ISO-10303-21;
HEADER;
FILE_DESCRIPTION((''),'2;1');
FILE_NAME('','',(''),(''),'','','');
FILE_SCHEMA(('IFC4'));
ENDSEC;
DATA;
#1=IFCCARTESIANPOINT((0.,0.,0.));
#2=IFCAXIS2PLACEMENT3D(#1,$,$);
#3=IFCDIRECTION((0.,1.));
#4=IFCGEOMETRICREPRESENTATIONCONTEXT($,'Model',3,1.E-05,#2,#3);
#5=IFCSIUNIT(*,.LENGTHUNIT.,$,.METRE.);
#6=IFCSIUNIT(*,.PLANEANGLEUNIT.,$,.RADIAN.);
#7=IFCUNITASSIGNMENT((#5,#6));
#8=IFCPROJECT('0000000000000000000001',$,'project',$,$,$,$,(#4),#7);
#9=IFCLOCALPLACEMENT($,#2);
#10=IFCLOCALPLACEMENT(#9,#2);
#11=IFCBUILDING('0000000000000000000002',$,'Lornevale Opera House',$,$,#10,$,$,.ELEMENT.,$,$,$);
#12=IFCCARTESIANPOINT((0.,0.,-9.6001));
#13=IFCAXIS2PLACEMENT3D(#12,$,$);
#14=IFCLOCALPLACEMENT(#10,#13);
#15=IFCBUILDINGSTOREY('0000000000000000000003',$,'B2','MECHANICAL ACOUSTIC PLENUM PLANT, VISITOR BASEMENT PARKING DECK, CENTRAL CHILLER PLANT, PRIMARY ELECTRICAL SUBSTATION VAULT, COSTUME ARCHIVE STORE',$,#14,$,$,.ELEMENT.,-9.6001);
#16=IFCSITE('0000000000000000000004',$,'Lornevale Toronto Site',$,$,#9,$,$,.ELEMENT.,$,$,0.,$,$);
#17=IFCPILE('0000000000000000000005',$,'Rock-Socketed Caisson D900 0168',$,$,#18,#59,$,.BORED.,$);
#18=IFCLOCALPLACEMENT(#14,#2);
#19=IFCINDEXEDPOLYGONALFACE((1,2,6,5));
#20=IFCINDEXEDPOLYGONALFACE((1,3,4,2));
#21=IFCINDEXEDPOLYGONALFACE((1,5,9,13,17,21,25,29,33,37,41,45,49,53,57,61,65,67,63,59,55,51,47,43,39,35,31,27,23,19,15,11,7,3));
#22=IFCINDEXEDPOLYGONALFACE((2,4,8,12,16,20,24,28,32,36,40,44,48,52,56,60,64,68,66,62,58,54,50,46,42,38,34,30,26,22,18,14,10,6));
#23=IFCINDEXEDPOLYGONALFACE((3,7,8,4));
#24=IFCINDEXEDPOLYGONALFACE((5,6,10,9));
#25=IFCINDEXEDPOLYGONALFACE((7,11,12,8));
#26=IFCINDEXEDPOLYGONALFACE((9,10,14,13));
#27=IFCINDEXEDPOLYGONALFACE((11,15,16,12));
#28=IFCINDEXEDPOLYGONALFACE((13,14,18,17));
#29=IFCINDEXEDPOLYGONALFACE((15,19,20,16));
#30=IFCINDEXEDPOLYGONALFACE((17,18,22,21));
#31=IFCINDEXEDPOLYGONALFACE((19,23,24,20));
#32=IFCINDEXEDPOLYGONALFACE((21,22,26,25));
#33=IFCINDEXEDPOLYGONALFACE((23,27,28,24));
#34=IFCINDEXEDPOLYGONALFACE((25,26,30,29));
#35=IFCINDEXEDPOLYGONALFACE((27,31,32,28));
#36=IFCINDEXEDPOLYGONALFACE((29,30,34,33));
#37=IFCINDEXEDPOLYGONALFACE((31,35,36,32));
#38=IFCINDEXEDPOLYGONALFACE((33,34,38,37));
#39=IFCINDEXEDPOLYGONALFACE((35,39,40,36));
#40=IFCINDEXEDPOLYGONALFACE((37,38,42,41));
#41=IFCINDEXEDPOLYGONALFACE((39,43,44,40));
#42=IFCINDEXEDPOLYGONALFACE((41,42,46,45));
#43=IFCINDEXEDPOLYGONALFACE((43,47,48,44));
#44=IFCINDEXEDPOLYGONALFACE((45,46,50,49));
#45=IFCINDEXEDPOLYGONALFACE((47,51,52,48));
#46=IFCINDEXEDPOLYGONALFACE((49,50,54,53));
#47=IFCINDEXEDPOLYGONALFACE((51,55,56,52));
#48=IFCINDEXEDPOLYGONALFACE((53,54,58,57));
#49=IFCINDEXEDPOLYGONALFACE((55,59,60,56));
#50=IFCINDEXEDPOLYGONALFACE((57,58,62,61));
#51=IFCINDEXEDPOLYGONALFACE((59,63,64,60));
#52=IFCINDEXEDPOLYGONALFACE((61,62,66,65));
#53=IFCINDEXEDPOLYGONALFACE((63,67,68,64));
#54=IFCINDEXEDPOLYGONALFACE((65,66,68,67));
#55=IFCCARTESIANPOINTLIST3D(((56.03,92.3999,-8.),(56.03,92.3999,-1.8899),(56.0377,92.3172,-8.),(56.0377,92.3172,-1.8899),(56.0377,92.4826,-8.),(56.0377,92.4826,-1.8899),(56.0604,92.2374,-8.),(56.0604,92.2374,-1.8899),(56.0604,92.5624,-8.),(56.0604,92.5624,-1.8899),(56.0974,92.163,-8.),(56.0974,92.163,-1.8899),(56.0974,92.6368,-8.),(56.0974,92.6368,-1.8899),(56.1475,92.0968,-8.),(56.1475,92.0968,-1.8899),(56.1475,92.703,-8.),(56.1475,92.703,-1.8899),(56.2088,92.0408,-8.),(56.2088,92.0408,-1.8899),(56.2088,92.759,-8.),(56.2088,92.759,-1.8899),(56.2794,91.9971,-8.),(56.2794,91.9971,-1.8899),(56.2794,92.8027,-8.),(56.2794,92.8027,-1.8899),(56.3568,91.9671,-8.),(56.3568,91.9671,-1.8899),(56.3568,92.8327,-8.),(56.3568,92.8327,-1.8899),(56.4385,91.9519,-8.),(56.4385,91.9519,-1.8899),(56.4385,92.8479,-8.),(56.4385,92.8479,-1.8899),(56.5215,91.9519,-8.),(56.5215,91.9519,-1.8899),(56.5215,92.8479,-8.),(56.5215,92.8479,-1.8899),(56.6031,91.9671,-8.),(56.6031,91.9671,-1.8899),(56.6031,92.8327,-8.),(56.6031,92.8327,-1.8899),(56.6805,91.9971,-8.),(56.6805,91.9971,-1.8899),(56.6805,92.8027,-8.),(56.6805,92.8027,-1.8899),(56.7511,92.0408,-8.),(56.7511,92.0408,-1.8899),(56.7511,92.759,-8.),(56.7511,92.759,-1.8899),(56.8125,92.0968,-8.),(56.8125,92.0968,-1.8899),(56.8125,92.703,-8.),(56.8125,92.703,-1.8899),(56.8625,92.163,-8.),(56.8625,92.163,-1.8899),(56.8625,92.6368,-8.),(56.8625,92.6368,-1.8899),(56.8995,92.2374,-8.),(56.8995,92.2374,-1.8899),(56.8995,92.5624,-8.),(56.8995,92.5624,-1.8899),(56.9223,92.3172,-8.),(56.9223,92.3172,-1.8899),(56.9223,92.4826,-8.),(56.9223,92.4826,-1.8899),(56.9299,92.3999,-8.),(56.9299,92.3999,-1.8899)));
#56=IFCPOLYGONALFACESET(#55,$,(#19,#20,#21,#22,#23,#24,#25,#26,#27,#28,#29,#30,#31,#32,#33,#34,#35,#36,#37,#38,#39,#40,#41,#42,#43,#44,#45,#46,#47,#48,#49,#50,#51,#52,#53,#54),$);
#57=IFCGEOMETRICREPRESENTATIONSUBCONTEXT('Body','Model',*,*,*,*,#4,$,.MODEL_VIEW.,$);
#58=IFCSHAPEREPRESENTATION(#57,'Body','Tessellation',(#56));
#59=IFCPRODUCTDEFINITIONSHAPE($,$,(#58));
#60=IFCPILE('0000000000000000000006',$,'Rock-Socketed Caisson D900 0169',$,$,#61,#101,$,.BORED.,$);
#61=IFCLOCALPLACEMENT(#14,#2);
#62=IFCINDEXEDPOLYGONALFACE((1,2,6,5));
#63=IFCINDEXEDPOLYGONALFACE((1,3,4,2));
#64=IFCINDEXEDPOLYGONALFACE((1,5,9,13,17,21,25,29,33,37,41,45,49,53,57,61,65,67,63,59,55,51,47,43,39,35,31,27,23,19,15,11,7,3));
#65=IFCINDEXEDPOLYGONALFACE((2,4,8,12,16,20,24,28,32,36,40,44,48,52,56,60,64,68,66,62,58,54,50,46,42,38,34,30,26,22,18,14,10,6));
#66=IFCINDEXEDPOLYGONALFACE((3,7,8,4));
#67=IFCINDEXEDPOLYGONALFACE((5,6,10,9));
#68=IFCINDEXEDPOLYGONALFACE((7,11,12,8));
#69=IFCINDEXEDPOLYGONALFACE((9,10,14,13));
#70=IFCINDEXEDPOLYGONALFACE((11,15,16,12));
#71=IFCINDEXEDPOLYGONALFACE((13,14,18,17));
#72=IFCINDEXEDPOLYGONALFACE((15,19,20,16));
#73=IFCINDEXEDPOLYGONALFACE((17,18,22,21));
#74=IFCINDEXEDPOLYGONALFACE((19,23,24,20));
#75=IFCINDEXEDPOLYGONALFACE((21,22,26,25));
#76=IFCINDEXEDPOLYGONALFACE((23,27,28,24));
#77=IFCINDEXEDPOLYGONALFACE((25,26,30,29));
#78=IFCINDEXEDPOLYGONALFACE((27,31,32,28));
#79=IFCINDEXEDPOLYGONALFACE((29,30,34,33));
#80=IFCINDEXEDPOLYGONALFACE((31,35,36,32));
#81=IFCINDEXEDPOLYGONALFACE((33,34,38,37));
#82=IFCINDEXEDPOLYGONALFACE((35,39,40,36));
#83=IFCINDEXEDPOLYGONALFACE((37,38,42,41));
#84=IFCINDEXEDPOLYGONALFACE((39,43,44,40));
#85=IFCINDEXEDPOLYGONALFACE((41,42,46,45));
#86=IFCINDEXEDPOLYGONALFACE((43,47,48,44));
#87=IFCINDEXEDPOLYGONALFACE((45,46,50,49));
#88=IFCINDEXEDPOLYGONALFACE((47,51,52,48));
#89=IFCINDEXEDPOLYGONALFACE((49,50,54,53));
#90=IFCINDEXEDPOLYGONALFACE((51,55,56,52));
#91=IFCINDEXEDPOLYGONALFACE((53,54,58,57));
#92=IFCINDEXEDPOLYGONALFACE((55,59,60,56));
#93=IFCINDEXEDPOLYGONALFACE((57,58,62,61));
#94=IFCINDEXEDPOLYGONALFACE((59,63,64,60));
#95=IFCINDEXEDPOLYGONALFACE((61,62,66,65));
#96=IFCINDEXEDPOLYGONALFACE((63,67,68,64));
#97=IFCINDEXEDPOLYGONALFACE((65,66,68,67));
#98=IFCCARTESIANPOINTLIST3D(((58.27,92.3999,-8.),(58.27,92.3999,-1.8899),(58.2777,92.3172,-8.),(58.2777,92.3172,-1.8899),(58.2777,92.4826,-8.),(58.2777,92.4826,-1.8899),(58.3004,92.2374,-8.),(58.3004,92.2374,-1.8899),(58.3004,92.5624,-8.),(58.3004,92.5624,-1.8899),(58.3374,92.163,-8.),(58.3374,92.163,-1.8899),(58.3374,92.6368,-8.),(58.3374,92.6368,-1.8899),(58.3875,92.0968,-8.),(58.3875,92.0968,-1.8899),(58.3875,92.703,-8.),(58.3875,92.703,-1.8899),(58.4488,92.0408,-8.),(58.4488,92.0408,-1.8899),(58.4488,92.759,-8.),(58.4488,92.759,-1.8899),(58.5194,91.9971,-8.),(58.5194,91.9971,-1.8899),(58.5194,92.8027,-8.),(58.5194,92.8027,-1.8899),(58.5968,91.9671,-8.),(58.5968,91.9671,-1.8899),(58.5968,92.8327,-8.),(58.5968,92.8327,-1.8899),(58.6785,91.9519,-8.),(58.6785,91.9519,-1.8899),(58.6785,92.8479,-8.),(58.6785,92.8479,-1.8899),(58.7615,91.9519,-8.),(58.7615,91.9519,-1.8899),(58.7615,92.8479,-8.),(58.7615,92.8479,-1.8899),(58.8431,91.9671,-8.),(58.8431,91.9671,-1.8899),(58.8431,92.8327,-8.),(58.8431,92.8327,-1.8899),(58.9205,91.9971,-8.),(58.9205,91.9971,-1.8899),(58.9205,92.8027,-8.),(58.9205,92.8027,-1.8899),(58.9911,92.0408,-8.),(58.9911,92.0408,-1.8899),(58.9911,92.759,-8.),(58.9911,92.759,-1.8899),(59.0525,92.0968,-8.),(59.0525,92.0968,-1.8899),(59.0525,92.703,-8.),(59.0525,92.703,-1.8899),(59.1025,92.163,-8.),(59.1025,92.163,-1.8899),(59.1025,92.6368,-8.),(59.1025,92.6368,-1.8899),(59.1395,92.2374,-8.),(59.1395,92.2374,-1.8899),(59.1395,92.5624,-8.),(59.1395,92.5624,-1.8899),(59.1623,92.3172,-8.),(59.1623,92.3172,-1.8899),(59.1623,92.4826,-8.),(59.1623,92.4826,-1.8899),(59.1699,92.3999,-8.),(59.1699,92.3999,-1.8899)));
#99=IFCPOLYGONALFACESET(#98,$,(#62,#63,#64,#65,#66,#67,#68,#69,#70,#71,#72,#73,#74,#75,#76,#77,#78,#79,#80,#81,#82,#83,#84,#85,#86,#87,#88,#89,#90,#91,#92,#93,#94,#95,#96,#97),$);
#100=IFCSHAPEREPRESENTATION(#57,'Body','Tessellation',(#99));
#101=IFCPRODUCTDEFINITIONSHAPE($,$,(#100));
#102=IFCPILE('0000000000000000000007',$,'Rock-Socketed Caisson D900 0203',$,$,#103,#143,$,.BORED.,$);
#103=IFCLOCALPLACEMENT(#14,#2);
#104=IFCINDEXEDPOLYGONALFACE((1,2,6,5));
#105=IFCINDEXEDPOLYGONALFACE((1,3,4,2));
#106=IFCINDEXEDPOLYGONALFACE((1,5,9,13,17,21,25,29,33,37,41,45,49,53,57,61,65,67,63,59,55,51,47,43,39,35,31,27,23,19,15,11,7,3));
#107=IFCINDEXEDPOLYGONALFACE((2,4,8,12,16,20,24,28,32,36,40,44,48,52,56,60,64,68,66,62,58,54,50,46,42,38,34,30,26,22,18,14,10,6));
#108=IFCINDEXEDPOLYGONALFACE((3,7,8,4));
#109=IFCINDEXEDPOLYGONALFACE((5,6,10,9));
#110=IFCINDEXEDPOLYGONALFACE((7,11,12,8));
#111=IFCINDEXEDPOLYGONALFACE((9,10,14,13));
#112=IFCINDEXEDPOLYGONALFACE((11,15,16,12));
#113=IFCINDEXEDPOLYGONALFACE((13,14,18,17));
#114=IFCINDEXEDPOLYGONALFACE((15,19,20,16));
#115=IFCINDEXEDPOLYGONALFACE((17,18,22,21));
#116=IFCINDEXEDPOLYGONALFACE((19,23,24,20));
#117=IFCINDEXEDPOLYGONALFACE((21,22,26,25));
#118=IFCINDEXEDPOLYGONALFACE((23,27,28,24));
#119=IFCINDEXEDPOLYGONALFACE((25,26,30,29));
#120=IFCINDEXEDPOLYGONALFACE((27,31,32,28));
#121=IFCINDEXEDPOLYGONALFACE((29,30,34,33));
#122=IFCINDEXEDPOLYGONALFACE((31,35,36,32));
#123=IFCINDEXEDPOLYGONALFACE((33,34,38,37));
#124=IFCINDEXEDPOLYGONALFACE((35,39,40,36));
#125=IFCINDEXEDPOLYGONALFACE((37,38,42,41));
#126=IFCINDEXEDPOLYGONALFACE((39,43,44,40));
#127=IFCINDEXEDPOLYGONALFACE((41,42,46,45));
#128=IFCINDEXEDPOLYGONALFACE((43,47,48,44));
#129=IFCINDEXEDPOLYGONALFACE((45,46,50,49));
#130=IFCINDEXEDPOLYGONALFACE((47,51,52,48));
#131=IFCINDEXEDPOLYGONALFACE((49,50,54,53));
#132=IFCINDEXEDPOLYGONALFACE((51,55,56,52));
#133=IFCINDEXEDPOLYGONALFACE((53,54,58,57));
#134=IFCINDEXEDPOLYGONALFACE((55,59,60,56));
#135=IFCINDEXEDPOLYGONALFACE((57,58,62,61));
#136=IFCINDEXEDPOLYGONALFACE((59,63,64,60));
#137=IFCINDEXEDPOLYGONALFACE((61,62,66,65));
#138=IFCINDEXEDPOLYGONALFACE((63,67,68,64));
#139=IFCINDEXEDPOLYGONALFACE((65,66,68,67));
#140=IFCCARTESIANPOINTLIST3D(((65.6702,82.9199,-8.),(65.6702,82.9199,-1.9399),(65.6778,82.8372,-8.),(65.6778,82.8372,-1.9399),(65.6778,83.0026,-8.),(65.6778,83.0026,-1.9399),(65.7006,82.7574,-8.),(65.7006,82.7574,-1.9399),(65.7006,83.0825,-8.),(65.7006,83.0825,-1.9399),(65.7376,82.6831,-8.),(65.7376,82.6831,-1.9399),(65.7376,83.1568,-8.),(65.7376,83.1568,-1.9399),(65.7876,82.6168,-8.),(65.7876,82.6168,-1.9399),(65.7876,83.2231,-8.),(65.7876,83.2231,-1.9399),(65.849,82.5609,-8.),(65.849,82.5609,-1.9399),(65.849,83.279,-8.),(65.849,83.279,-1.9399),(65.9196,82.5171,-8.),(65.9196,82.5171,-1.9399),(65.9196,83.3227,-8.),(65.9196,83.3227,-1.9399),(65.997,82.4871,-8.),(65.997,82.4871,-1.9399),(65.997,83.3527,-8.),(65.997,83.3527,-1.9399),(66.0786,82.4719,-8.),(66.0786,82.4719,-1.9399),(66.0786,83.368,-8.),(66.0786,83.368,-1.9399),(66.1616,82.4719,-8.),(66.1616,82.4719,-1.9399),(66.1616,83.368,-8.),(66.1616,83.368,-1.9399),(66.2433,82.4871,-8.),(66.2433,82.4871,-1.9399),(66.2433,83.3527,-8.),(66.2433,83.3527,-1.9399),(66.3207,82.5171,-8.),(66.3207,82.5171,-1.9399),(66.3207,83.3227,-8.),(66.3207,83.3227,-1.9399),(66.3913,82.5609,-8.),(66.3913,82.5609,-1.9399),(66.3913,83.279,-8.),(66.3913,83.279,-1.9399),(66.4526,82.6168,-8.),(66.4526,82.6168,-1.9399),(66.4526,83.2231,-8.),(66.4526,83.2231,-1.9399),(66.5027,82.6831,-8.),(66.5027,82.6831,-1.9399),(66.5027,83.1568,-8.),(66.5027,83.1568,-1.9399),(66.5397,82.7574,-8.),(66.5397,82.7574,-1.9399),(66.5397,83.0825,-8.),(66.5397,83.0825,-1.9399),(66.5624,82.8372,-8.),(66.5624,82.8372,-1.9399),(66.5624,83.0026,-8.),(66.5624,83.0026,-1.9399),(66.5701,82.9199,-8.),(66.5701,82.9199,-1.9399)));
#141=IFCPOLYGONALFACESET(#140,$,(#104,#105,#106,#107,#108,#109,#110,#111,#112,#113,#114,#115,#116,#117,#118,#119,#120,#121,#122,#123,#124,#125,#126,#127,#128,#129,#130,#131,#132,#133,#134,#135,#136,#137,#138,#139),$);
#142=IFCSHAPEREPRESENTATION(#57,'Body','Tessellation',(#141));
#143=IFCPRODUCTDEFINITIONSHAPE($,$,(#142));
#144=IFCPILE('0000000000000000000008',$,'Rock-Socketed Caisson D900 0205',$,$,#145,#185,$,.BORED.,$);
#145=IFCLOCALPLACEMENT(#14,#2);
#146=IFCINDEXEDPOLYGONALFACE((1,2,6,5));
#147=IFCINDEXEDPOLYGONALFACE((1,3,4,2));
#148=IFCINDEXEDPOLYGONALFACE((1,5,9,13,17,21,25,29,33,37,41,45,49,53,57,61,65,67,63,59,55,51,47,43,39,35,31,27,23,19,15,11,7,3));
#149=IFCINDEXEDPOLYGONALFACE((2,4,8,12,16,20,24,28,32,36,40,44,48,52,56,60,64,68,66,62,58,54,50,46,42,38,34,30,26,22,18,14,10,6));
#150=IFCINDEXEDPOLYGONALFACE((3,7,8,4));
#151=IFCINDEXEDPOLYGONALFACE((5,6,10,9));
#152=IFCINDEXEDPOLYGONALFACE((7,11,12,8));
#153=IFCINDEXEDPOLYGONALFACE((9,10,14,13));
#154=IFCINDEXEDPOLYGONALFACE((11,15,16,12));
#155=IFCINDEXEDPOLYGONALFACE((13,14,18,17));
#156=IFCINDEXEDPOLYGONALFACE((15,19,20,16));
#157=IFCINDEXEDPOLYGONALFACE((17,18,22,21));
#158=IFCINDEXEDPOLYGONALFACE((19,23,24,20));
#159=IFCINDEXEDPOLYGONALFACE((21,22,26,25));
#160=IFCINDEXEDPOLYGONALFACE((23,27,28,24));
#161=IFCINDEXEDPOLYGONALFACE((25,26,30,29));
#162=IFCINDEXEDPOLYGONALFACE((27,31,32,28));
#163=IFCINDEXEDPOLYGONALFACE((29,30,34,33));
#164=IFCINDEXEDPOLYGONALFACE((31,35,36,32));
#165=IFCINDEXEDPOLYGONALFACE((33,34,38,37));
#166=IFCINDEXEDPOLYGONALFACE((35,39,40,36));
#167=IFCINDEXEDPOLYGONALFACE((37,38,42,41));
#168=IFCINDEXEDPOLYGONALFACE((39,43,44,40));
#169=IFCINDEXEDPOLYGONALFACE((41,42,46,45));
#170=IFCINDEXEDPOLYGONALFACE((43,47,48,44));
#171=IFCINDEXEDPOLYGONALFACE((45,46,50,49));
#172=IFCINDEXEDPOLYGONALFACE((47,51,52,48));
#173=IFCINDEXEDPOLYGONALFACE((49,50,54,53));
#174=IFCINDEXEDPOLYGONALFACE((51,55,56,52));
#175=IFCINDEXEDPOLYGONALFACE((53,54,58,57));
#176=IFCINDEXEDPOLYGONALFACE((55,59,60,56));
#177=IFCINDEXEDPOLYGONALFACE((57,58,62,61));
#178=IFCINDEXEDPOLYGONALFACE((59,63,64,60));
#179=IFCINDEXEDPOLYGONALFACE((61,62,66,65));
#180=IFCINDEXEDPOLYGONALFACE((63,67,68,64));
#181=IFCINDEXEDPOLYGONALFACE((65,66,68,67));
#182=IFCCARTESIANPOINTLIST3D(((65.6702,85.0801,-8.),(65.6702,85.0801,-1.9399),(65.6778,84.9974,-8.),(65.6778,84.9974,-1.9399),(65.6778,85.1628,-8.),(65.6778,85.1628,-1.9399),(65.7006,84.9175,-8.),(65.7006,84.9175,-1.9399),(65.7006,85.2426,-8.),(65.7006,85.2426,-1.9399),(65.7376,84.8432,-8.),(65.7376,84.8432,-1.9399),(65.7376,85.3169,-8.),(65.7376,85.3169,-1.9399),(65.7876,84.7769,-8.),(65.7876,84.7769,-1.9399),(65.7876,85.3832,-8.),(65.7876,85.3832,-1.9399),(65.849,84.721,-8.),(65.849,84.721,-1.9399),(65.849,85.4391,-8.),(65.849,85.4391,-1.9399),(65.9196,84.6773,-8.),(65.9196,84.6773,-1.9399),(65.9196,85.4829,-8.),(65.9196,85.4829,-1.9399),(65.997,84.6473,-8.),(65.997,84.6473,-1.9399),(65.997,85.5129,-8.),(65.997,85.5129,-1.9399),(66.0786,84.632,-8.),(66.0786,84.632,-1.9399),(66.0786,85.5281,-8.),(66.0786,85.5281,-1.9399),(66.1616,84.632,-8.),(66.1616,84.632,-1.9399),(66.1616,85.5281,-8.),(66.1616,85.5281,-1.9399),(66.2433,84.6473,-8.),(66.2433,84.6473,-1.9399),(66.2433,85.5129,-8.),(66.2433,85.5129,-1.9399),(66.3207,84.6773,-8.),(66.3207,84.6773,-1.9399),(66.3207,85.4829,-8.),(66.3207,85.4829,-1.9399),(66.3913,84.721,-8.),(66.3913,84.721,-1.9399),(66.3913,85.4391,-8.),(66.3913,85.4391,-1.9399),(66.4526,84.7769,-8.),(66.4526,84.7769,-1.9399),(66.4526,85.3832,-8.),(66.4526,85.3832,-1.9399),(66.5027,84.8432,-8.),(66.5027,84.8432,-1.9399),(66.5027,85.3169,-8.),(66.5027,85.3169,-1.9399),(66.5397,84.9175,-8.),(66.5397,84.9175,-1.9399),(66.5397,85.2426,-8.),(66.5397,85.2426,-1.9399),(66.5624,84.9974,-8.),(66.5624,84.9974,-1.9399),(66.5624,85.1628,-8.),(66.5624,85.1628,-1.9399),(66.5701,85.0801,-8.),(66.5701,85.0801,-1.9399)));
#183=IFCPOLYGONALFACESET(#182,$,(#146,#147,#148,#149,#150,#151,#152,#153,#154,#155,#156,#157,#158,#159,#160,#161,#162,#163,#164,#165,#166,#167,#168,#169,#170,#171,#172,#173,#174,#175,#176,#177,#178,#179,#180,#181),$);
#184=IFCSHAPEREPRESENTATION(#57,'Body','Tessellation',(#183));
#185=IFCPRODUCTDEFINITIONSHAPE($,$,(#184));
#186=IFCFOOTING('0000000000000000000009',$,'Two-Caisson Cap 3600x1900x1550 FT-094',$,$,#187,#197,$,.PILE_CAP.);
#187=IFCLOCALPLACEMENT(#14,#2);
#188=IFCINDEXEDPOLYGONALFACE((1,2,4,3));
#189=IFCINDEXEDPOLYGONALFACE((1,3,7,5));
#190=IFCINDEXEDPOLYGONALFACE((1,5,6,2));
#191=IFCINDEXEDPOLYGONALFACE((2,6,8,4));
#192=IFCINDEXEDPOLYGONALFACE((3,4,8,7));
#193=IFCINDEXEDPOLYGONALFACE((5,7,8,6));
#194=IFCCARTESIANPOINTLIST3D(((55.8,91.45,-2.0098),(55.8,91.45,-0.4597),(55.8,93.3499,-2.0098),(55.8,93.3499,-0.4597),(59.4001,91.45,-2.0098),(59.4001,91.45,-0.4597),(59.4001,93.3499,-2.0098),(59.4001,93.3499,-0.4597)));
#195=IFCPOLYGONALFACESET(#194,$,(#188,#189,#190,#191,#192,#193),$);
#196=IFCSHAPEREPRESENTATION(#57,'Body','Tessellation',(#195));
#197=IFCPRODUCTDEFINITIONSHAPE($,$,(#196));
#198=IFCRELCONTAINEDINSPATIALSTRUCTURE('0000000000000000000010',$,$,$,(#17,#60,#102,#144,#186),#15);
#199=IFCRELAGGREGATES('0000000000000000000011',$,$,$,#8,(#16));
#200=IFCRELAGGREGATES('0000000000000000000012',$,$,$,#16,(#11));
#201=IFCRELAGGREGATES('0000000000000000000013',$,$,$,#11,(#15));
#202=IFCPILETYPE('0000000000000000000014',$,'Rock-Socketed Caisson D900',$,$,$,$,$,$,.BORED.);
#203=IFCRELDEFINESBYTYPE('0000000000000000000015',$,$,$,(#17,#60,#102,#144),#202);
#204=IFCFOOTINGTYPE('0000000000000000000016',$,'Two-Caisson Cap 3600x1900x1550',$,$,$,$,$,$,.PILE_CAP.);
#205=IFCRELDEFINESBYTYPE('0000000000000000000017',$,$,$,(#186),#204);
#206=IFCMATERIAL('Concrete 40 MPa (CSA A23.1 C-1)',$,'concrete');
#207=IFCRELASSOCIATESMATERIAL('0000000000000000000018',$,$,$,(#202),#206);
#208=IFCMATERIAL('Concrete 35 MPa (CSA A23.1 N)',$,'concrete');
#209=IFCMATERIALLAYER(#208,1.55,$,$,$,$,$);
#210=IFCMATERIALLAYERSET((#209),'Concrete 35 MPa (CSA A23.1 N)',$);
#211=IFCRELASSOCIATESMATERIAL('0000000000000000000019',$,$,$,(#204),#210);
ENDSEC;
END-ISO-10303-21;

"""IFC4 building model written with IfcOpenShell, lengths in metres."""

from ifc_helpers import new_model, si_unit, direction, frame, origin, origin_2d, place, context, subcontext, project, spatial, rectangle, circle, extrude, material, layer, layer_set, material_profile, profile_set, type_object, element, save


model = new_model("IFC4")

# Units and contexts
model_context = context("Model", 3, precision=1e-05, world=origin(), true_north=direction((0.0, 1.0)))
body_context = subcontext(model_context, "Body", "Model", "MODEL_VIEW")
ifc_project = project(units=[si_unit("LENGTHUNIT", "METRE"), si_unit("PLANEANGLEUNIT", "RADIAN")], contexts=[model_context])

# Site, building, storey
site_placement = place(None, origin())
site = spatial("IfcSite", under=ifc_project, at=site_placement, Name="Lornevale Toronto Site", CompositionType="ELEMENT", RefElevation=0.0)
building_placement = place(site_placement, origin())
building = spatial("IfcBuilding", under=site, at=building_placement, Name="Lornevale Opera House", CompositionType="ELEMENT")
storey_placement = place(building_placement, frame((0.0, 0.0, -9.6001)))
storey = spatial("IfcBuildingStorey", under=building, at=storey_placement, Name="B2", Description="MECHANICAL ACOUSTIC PLENUM PLANT, VISITOR BASEMENT PARKING DECK, CENTRAL CHILLER PLANT, PRIMARY ELECTRICAL SUBSTATION VAULT, COSTUME ARCHIVE STORE", CompositionType="ELEMENT", Elevation=-9.6001)

# Shared definitions
ifc_material_1 = material(Name="Concrete 35 MPa (CSA A23.1 N)", Category="concrete")

# Piles
ifc_material_2 = material(Name="Concrete 40 MPa (CSA A23.1 C-1)", Category="concrete")
ifc_material_profile_1 = material_profile(ifc_material_2, circle(Radius=0.45, at=origin_2d()), Name="CAIS900")
ifc_profile_set_1 = profile_set([ifc_material_profile_1], Name="Concrete 40 MPa (CSA A23.1 C-1)")
pile_type_1 = type_object("IfcPileType", Name="Rock-Socketed Caisson D900", PredefinedType="BORED", material=ifc_profile_set_1)
for number, where, z_axis, x_axis, name in (
    (1, (56.48, 92.3999, -1.8899), (0.0, 0.0, -1.0), (1.0, 0.0, 0.0), "Rock-Socketed Caisson D900 0168"),
    (2, (58.72, 92.3999, -1.8899), (0.0, 0.0, -1.0), (1.0, 0.0, 0.0), "Rock-Socketed Caisson D900 0169"),
):
    element("IfcPile", number, at=place(storey_placement, frame(where, z_axis=z_axis, x_axis=x_axis)), inside=storey, type_object=pile_type_1, Name=name, PredefinedType="BORED", context=body_context, shape_type="SweptSolid", body=[
        extrude(circle(Radius=0.45, at=origin_2d()), origin(), (0.0, 0.0, 1.0), 6.1101),
    ])
for number, where, z_axis, x_axis, name in (
    (3, (66.1201, 82.9199, -1.9399), (0.0, 0.0, -1.0), (1.0, 0.0, 0.0), "Rock-Socketed Caisson D900 0203"),
    (4, (66.1201, 85.0801, -1.9399), (0.0, 0.0, -1.0), (1.0, 0.0, 0.0), "Rock-Socketed Caisson D900 0205"),
):
    element("IfcPile", number, at=place(storey_placement, frame(where, z_axis=z_axis, x_axis=x_axis)), inside=storey, type_object=pile_type_1, Name=name, PredefinedType="BORED", context=body_context, shape_type="SweptSolid", body=[
        extrude(circle(Radius=0.45, at=origin_2d()), origin(), (0.0, 0.0, 1.0), 6.0601),
    ])

# Footing
ifc_layer_1 = layer(ifc_material_1, 1.55)
ifc_layer_set_1 = layer_set([ifc_layer_1], Name="Concrete 35 MPa (CSA A23.1 N)")
footing_type_1 = type_object("IfcFootingType", Name="Two-Caisson Cap 3600x1900x1550", PredefinedType="PILE_CAP", material=ifc_layer_set_1)
footing_1_placement = place(storey_placement, frame((57.6001, 92.3999, -2.0098), z_axis=(0.0, 0.0, 1.0), x_axis=(1.0, 0.0, 0.0)))
element("IfcFooting", 5, at=footing_1_placement, inside=storey, type_object=footing_type_1, Name="Two-Caisson Cap 3600x1900x1550 FT-094", PredefinedType="PILE_CAP", context=body_context, shape_type="SweptSolid", body=[
    extrude(rectangle(XDim=3.6001, YDim=1.8999, at=origin_2d()), origin(), (0.0, 0.0, 1.0), 1.55),
])

save(model, "model.ifc")
